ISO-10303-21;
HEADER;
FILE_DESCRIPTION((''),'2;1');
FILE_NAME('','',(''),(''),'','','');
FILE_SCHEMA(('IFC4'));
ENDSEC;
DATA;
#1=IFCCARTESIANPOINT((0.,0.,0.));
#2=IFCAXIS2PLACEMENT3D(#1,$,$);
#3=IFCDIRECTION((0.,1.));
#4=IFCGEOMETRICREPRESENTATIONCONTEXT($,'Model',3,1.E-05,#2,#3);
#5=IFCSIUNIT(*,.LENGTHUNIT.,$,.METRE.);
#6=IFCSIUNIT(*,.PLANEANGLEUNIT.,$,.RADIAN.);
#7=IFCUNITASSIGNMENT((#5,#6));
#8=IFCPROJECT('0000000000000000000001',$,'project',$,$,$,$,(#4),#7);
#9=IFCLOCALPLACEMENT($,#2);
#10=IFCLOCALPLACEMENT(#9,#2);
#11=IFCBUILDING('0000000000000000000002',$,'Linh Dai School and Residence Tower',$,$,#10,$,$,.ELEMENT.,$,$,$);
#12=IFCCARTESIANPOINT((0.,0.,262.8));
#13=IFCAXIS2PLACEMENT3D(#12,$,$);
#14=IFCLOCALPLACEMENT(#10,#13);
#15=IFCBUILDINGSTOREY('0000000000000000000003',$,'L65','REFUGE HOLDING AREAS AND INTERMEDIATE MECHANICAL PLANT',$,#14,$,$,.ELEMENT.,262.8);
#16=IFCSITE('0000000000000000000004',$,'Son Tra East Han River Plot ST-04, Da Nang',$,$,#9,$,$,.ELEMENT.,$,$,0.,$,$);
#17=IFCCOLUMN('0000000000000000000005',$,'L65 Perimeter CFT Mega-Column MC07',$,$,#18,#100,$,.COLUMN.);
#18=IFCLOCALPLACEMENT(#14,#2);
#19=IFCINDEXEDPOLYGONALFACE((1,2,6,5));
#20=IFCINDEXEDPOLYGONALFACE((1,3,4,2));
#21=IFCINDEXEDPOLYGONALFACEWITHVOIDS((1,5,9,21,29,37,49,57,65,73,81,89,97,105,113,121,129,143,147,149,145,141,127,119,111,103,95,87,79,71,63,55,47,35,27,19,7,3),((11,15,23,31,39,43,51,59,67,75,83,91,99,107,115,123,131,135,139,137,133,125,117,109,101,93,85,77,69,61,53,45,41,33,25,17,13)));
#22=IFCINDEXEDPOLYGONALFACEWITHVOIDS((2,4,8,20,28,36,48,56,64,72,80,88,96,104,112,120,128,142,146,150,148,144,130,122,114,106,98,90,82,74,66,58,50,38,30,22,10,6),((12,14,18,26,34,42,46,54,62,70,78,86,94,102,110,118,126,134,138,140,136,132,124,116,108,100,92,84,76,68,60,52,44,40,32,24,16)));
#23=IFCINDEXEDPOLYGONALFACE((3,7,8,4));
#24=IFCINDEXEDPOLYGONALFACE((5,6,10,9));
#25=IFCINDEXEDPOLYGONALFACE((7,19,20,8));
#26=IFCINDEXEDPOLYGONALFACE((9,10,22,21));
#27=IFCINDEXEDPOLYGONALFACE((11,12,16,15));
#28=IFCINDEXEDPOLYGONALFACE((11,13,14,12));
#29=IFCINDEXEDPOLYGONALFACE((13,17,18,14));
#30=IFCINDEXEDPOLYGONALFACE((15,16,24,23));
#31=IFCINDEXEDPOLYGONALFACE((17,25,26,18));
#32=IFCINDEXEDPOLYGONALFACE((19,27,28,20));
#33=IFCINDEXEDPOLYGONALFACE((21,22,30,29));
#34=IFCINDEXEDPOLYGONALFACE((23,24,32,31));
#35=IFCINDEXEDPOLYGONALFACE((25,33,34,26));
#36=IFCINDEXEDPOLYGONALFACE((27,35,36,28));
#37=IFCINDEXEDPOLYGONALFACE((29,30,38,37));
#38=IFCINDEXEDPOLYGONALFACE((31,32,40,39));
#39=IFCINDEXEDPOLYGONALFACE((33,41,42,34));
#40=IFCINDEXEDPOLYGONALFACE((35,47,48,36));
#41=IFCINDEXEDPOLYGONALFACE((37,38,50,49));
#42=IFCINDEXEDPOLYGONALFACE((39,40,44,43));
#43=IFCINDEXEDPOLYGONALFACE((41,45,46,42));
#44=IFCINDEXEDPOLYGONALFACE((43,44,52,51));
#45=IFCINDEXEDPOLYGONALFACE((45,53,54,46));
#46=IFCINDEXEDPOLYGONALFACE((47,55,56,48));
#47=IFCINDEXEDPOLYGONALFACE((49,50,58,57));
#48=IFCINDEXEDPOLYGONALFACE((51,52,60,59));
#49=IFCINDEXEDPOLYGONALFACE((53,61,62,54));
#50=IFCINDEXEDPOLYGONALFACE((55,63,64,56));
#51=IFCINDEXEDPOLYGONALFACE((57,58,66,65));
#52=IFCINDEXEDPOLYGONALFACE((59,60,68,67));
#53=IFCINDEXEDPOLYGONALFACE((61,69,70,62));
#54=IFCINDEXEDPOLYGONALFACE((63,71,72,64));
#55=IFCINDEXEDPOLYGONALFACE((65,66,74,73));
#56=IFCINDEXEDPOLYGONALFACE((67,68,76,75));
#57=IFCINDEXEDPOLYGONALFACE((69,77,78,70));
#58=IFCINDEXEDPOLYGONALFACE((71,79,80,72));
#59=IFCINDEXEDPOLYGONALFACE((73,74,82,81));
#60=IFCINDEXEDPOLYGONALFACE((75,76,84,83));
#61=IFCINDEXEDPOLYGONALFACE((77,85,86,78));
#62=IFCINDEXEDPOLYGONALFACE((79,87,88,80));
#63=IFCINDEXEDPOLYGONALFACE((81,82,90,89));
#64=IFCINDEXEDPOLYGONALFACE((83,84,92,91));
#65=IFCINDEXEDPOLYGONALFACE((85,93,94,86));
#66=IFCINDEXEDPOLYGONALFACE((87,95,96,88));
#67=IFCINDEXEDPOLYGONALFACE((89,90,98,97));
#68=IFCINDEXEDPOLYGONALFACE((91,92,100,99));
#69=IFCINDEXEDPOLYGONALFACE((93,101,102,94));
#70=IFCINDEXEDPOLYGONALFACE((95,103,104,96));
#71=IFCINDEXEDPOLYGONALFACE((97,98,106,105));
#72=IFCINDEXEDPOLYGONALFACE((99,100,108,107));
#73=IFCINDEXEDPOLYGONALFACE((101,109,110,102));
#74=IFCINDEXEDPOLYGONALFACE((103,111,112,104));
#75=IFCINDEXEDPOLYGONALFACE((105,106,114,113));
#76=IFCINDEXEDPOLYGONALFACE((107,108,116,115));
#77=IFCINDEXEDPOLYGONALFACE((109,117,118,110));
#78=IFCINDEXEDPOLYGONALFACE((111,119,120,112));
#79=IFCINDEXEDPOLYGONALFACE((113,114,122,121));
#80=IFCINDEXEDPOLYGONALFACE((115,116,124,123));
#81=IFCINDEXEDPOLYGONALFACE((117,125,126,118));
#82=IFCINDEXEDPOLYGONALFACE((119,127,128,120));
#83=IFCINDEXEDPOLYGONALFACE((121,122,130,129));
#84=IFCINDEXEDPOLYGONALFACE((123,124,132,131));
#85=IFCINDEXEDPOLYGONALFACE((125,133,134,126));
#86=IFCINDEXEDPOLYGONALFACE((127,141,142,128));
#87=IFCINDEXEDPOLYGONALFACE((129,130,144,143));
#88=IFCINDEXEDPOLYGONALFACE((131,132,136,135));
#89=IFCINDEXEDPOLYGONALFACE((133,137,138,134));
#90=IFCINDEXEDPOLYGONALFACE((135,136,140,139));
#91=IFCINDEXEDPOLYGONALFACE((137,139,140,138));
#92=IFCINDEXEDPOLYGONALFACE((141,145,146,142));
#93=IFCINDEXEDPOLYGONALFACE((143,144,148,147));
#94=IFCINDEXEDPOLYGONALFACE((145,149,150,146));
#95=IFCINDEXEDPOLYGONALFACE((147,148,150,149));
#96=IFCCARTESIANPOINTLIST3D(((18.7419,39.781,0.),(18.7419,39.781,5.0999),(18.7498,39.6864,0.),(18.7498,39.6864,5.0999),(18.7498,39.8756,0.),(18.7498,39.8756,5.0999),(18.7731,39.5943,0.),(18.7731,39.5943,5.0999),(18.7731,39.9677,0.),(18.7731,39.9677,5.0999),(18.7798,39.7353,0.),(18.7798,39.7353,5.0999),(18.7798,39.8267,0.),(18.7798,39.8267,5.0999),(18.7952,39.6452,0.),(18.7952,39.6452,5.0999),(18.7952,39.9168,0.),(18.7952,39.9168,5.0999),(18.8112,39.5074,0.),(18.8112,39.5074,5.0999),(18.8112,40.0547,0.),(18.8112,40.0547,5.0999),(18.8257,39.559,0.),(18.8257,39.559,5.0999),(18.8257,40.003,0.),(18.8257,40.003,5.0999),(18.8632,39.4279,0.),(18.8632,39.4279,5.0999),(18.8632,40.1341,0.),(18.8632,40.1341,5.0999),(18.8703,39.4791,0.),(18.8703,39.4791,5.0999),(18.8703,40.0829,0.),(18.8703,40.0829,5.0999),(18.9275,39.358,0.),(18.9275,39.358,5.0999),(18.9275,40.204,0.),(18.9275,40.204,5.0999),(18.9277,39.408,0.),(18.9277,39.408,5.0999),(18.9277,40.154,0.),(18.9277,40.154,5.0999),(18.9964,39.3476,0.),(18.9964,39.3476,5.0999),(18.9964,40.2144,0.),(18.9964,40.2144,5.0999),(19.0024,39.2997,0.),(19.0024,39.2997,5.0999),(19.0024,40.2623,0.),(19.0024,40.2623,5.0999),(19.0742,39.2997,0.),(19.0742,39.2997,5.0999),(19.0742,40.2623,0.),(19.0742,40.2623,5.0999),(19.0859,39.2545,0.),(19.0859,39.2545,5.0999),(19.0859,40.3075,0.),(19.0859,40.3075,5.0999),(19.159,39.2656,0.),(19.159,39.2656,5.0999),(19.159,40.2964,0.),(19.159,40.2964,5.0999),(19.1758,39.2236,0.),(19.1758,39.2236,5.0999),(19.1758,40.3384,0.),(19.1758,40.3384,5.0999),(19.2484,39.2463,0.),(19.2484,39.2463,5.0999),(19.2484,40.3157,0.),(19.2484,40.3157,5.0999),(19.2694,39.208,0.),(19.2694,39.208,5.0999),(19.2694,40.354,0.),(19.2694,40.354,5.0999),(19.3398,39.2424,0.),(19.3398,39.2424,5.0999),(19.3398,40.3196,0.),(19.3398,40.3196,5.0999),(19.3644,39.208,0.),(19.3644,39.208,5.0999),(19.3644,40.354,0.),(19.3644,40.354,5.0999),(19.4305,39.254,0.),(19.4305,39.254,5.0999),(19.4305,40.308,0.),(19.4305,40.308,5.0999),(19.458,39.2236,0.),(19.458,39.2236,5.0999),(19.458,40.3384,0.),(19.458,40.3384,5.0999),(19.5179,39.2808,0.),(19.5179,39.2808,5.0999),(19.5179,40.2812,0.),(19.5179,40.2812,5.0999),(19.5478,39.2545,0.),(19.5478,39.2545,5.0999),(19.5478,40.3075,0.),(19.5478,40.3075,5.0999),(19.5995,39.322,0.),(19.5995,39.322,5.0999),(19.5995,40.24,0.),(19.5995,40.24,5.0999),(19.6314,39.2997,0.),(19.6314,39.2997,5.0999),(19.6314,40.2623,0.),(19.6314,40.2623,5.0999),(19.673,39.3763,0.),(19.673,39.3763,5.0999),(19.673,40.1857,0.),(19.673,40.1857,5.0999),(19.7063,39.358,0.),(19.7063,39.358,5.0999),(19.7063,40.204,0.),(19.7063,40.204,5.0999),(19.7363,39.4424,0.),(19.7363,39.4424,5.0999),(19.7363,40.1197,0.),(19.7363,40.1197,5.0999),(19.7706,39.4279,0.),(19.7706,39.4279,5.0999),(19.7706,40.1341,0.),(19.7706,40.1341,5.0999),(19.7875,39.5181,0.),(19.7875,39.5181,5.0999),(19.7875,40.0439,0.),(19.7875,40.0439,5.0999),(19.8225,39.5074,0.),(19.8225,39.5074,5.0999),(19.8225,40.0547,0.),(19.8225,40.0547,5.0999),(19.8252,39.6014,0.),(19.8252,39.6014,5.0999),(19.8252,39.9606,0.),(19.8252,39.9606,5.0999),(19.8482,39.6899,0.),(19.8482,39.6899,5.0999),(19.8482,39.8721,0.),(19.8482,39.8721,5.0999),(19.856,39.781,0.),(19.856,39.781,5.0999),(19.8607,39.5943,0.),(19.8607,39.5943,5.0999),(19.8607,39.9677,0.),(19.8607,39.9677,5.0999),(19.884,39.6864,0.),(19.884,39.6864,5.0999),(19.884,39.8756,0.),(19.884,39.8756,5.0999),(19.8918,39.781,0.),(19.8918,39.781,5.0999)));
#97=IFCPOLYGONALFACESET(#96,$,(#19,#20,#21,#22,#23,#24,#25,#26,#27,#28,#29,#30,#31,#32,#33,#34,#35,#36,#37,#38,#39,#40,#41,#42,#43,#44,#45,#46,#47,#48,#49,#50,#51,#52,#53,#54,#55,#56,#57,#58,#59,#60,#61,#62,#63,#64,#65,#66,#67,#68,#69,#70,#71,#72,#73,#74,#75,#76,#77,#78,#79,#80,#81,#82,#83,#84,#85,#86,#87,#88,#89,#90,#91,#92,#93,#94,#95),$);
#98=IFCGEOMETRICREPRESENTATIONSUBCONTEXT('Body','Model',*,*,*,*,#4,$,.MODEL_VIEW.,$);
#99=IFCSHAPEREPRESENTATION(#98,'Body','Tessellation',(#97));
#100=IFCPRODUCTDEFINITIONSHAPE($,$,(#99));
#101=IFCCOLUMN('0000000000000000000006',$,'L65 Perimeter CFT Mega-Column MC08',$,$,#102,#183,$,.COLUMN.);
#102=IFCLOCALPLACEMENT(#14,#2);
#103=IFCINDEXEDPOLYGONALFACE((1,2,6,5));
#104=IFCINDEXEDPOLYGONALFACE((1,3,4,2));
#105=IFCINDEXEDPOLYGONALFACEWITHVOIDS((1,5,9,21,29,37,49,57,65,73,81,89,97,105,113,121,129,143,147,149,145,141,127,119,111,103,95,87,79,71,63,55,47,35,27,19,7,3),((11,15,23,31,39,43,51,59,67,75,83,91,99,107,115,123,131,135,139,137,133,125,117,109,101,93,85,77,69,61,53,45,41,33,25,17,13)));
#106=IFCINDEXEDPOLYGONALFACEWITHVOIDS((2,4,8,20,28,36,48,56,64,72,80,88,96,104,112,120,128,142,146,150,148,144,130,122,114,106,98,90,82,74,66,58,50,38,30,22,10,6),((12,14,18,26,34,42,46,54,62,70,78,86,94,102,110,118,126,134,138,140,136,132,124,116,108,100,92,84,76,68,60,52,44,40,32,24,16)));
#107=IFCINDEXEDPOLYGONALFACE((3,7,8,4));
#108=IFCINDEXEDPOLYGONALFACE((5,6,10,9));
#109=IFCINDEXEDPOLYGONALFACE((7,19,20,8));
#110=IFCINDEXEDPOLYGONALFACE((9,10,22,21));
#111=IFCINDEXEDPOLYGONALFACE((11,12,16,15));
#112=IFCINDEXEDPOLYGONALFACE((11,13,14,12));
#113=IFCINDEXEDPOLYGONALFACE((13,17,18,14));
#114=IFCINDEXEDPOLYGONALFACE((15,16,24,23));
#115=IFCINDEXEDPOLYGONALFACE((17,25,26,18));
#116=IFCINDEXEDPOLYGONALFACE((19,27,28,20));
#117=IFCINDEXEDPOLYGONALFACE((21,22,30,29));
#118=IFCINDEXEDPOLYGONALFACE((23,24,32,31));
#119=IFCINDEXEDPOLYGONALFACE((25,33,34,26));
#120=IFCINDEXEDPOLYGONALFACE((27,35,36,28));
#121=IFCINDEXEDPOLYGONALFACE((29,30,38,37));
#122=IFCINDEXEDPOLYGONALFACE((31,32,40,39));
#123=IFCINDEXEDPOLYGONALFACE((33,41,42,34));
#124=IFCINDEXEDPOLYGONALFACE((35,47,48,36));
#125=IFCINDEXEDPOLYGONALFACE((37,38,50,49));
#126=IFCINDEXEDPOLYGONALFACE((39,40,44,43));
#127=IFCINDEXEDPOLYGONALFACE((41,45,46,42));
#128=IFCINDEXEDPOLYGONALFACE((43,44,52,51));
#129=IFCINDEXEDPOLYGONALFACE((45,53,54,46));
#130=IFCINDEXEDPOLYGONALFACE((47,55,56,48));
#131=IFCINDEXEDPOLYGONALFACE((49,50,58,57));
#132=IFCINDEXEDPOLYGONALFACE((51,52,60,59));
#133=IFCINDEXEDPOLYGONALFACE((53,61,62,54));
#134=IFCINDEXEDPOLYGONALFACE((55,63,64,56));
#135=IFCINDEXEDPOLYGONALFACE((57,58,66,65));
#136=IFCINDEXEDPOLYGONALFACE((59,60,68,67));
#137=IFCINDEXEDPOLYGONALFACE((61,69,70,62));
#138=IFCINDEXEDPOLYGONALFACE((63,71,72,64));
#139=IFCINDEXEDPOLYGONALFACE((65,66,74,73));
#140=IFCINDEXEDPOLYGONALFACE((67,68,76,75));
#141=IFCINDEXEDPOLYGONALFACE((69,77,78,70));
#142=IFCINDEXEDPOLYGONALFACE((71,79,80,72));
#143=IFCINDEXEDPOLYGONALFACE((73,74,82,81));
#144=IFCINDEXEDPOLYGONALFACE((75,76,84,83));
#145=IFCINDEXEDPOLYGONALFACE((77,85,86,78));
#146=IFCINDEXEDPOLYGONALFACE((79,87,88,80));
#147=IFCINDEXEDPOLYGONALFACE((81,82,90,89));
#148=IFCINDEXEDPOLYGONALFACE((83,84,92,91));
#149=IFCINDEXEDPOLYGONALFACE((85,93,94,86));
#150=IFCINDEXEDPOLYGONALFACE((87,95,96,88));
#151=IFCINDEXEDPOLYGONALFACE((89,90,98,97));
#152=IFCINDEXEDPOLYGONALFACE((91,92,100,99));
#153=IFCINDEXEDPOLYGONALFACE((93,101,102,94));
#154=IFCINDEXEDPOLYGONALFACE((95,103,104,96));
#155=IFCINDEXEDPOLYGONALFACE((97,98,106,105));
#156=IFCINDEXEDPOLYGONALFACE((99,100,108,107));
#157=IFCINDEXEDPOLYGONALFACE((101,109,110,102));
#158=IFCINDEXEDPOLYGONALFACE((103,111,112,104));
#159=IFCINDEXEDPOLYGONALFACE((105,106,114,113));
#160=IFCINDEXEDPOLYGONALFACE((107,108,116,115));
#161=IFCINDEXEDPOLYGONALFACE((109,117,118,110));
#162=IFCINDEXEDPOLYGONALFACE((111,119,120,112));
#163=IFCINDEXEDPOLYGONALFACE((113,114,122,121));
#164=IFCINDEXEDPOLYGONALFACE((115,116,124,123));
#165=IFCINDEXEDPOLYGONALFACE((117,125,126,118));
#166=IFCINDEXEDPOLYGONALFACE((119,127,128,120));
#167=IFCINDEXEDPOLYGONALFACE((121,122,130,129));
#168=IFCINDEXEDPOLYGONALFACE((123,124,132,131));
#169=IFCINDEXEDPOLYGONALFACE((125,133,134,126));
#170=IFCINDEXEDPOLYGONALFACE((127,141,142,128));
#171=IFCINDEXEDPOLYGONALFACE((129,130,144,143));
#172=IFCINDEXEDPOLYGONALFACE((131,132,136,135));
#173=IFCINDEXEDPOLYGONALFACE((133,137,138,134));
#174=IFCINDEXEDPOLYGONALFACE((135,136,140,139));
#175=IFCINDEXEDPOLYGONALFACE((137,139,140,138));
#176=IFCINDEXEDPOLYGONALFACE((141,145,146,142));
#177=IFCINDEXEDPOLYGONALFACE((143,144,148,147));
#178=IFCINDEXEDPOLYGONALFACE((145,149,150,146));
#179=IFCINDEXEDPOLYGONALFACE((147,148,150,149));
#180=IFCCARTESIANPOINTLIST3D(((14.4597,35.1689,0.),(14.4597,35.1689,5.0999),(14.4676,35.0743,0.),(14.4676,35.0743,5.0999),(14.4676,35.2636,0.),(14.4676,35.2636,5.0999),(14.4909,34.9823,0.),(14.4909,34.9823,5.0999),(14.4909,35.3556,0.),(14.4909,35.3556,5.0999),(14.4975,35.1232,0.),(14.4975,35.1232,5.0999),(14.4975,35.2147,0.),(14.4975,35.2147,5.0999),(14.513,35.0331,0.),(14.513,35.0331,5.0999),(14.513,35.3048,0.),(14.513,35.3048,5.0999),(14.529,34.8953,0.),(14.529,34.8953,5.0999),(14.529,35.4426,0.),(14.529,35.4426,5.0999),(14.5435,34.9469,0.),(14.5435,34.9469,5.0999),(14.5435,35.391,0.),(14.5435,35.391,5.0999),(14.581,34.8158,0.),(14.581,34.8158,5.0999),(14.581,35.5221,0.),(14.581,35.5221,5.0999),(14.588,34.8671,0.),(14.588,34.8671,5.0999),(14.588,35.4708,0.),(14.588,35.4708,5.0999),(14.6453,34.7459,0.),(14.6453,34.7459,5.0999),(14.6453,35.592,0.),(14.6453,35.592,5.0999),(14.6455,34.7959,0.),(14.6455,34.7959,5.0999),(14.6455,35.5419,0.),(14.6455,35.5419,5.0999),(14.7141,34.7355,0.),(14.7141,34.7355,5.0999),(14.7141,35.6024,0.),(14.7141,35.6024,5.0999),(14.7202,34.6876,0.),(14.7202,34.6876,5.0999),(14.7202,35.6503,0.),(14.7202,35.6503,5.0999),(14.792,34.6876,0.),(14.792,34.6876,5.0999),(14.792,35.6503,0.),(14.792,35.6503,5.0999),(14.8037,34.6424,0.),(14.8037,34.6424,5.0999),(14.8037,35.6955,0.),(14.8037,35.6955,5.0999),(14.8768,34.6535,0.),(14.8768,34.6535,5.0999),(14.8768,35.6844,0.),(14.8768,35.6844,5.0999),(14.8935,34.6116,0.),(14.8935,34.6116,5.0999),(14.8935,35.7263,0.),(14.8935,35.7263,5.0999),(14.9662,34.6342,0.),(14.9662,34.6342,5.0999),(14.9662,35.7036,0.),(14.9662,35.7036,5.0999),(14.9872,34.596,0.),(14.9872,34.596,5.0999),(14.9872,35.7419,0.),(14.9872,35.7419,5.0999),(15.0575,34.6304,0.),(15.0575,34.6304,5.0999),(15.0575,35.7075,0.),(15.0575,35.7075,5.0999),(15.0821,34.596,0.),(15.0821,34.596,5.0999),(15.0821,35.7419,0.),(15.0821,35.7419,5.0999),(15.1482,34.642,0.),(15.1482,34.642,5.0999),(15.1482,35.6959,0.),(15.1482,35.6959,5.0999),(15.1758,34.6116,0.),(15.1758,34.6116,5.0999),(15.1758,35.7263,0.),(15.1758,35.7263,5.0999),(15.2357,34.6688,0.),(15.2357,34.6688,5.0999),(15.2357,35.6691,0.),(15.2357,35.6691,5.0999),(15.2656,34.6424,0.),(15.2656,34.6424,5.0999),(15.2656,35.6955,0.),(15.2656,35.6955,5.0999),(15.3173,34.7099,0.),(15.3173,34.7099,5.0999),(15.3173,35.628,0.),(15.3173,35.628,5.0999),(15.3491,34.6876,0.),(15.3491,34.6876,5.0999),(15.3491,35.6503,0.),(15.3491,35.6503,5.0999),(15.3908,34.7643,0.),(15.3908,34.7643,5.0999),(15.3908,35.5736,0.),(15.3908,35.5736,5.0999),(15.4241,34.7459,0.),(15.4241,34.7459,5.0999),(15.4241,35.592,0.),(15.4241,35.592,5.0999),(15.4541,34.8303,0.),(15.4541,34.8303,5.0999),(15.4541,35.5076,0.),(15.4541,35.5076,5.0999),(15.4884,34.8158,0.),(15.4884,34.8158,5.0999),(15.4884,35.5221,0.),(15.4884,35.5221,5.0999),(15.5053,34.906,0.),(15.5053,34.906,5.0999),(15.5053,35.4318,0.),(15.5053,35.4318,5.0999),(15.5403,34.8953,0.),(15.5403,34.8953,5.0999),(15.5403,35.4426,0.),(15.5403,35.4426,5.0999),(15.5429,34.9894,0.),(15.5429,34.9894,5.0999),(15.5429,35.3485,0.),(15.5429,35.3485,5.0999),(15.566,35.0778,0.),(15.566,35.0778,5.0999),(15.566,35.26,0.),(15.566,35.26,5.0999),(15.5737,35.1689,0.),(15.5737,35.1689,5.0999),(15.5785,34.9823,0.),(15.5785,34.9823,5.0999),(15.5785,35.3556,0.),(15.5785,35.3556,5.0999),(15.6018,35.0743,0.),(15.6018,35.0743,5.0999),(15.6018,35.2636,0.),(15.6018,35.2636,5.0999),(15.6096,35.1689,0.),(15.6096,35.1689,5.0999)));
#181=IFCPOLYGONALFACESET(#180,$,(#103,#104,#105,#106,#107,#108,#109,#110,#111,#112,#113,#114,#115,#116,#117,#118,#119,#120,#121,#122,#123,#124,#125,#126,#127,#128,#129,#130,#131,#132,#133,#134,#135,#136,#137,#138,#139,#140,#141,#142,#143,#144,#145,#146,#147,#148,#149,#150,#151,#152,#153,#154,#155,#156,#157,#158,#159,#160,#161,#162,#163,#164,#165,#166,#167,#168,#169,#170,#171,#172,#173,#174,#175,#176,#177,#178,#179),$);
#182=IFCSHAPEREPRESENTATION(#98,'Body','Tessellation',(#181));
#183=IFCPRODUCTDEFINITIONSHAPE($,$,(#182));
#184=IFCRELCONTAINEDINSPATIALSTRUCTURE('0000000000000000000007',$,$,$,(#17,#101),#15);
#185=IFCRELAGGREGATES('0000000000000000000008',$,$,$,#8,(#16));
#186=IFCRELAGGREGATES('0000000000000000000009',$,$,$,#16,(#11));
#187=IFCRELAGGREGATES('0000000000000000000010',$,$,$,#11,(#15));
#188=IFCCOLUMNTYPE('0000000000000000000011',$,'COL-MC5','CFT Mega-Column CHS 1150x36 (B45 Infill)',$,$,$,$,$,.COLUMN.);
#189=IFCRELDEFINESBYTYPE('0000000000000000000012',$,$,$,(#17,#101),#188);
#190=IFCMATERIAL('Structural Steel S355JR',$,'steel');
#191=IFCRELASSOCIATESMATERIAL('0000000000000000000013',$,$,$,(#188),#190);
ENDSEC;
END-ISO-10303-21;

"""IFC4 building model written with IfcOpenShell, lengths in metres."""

from ifc_helpers import new_model, si_unit, direction, frame, origin, origin_2d, place, context, subcontext, project, spatial, hollow_circle, extrude, material, material_profile, profile_set, type_object, element, save


model = new_model("IFC4")

# Units and contexts
model_context = context("Model", 3, precision=1e-05, world=origin(), true_north=direction((0.0, 1.0)))
body_context = subcontext(model_context, "Body", "Model", "MODEL_VIEW")
ifc_project = project(units=[si_unit("LENGTHUNIT", "METRE"), si_unit("PLANEANGLEUNIT", "RADIAN")], contexts=[model_context])

# Site, building, storey
site_placement = place(None, origin())
site = spatial("IfcSite", under=ifc_project, at=site_placement, Name="Son Tra East Han River Plot ST-04, Da Nang", CompositionType="ELEMENT", RefElevation=0.0)
building_placement = place(site_placement, origin())
building = spatial("IfcBuilding", under=site, at=building_placement, Name="Linh Dai School and Residence Tower", CompositionType="ELEMENT")
storey_placement = place(building_placement, frame((0.0, 0.0, 262.8)))
storey = spatial("IfcBuildingStorey", under=building, at=storey_placement, Name="L65", Description="REFUGE HOLDING AREAS AND INTERMEDIATE MECHANICAL PLANT", CompositionType="ELEMENT", Elevation=262.8)

# Columns
ifc_material_1 = material(Name="Structural Steel S355JR", Category="steel")
ifc_material_profile_1 = material_profile(ifc_material_1, hollow_circle(Radius=0.575, WallThickness=0.0359, at=origin_2d()), Name="CHS 1150x36")
ifc_profile_set_1 = profile_set([ifc_material_profile_1], Name="Structural Steel S355JR")
column_type = type_object("IfcColumnType", Name="COL-MC5", Description="CFT Mega-Column CHS 1150x36 (B45 Infill)", PredefinedType="COLUMN", material=ifc_profile_set_1)
for number, where, z_axis, x_axis, name in (
    (1, (19.3169, 39.781, 0.0), (0.0, 0.0, 1.0), (1.0, 0.0, 0.0), "L65 Perimeter CFT Mega-Column MC07"),
    (2, (15.0347, 35.1689, 0.0), (0.0, 0.0, 1.0), (1.0, 0.0, 0.0), "L65 Perimeter CFT Mega-Column MC08"),
):
    element("IfcColumn", number, at=place(storey_placement, frame(where, z_axis=z_axis, x_axis=x_axis)), inside=storey, type_object=column_type, Name=name, PredefinedType="COLUMN", context=body_context, shape_type="SweptSolid", body=[
        extrude(hollow_circle(Radius=0.575, WallThickness=0.0359, at=origin_2d()), origin(), (0.0, 0.0, 1.0), 5.0999),
    ])

save(model, "model.ifc")
